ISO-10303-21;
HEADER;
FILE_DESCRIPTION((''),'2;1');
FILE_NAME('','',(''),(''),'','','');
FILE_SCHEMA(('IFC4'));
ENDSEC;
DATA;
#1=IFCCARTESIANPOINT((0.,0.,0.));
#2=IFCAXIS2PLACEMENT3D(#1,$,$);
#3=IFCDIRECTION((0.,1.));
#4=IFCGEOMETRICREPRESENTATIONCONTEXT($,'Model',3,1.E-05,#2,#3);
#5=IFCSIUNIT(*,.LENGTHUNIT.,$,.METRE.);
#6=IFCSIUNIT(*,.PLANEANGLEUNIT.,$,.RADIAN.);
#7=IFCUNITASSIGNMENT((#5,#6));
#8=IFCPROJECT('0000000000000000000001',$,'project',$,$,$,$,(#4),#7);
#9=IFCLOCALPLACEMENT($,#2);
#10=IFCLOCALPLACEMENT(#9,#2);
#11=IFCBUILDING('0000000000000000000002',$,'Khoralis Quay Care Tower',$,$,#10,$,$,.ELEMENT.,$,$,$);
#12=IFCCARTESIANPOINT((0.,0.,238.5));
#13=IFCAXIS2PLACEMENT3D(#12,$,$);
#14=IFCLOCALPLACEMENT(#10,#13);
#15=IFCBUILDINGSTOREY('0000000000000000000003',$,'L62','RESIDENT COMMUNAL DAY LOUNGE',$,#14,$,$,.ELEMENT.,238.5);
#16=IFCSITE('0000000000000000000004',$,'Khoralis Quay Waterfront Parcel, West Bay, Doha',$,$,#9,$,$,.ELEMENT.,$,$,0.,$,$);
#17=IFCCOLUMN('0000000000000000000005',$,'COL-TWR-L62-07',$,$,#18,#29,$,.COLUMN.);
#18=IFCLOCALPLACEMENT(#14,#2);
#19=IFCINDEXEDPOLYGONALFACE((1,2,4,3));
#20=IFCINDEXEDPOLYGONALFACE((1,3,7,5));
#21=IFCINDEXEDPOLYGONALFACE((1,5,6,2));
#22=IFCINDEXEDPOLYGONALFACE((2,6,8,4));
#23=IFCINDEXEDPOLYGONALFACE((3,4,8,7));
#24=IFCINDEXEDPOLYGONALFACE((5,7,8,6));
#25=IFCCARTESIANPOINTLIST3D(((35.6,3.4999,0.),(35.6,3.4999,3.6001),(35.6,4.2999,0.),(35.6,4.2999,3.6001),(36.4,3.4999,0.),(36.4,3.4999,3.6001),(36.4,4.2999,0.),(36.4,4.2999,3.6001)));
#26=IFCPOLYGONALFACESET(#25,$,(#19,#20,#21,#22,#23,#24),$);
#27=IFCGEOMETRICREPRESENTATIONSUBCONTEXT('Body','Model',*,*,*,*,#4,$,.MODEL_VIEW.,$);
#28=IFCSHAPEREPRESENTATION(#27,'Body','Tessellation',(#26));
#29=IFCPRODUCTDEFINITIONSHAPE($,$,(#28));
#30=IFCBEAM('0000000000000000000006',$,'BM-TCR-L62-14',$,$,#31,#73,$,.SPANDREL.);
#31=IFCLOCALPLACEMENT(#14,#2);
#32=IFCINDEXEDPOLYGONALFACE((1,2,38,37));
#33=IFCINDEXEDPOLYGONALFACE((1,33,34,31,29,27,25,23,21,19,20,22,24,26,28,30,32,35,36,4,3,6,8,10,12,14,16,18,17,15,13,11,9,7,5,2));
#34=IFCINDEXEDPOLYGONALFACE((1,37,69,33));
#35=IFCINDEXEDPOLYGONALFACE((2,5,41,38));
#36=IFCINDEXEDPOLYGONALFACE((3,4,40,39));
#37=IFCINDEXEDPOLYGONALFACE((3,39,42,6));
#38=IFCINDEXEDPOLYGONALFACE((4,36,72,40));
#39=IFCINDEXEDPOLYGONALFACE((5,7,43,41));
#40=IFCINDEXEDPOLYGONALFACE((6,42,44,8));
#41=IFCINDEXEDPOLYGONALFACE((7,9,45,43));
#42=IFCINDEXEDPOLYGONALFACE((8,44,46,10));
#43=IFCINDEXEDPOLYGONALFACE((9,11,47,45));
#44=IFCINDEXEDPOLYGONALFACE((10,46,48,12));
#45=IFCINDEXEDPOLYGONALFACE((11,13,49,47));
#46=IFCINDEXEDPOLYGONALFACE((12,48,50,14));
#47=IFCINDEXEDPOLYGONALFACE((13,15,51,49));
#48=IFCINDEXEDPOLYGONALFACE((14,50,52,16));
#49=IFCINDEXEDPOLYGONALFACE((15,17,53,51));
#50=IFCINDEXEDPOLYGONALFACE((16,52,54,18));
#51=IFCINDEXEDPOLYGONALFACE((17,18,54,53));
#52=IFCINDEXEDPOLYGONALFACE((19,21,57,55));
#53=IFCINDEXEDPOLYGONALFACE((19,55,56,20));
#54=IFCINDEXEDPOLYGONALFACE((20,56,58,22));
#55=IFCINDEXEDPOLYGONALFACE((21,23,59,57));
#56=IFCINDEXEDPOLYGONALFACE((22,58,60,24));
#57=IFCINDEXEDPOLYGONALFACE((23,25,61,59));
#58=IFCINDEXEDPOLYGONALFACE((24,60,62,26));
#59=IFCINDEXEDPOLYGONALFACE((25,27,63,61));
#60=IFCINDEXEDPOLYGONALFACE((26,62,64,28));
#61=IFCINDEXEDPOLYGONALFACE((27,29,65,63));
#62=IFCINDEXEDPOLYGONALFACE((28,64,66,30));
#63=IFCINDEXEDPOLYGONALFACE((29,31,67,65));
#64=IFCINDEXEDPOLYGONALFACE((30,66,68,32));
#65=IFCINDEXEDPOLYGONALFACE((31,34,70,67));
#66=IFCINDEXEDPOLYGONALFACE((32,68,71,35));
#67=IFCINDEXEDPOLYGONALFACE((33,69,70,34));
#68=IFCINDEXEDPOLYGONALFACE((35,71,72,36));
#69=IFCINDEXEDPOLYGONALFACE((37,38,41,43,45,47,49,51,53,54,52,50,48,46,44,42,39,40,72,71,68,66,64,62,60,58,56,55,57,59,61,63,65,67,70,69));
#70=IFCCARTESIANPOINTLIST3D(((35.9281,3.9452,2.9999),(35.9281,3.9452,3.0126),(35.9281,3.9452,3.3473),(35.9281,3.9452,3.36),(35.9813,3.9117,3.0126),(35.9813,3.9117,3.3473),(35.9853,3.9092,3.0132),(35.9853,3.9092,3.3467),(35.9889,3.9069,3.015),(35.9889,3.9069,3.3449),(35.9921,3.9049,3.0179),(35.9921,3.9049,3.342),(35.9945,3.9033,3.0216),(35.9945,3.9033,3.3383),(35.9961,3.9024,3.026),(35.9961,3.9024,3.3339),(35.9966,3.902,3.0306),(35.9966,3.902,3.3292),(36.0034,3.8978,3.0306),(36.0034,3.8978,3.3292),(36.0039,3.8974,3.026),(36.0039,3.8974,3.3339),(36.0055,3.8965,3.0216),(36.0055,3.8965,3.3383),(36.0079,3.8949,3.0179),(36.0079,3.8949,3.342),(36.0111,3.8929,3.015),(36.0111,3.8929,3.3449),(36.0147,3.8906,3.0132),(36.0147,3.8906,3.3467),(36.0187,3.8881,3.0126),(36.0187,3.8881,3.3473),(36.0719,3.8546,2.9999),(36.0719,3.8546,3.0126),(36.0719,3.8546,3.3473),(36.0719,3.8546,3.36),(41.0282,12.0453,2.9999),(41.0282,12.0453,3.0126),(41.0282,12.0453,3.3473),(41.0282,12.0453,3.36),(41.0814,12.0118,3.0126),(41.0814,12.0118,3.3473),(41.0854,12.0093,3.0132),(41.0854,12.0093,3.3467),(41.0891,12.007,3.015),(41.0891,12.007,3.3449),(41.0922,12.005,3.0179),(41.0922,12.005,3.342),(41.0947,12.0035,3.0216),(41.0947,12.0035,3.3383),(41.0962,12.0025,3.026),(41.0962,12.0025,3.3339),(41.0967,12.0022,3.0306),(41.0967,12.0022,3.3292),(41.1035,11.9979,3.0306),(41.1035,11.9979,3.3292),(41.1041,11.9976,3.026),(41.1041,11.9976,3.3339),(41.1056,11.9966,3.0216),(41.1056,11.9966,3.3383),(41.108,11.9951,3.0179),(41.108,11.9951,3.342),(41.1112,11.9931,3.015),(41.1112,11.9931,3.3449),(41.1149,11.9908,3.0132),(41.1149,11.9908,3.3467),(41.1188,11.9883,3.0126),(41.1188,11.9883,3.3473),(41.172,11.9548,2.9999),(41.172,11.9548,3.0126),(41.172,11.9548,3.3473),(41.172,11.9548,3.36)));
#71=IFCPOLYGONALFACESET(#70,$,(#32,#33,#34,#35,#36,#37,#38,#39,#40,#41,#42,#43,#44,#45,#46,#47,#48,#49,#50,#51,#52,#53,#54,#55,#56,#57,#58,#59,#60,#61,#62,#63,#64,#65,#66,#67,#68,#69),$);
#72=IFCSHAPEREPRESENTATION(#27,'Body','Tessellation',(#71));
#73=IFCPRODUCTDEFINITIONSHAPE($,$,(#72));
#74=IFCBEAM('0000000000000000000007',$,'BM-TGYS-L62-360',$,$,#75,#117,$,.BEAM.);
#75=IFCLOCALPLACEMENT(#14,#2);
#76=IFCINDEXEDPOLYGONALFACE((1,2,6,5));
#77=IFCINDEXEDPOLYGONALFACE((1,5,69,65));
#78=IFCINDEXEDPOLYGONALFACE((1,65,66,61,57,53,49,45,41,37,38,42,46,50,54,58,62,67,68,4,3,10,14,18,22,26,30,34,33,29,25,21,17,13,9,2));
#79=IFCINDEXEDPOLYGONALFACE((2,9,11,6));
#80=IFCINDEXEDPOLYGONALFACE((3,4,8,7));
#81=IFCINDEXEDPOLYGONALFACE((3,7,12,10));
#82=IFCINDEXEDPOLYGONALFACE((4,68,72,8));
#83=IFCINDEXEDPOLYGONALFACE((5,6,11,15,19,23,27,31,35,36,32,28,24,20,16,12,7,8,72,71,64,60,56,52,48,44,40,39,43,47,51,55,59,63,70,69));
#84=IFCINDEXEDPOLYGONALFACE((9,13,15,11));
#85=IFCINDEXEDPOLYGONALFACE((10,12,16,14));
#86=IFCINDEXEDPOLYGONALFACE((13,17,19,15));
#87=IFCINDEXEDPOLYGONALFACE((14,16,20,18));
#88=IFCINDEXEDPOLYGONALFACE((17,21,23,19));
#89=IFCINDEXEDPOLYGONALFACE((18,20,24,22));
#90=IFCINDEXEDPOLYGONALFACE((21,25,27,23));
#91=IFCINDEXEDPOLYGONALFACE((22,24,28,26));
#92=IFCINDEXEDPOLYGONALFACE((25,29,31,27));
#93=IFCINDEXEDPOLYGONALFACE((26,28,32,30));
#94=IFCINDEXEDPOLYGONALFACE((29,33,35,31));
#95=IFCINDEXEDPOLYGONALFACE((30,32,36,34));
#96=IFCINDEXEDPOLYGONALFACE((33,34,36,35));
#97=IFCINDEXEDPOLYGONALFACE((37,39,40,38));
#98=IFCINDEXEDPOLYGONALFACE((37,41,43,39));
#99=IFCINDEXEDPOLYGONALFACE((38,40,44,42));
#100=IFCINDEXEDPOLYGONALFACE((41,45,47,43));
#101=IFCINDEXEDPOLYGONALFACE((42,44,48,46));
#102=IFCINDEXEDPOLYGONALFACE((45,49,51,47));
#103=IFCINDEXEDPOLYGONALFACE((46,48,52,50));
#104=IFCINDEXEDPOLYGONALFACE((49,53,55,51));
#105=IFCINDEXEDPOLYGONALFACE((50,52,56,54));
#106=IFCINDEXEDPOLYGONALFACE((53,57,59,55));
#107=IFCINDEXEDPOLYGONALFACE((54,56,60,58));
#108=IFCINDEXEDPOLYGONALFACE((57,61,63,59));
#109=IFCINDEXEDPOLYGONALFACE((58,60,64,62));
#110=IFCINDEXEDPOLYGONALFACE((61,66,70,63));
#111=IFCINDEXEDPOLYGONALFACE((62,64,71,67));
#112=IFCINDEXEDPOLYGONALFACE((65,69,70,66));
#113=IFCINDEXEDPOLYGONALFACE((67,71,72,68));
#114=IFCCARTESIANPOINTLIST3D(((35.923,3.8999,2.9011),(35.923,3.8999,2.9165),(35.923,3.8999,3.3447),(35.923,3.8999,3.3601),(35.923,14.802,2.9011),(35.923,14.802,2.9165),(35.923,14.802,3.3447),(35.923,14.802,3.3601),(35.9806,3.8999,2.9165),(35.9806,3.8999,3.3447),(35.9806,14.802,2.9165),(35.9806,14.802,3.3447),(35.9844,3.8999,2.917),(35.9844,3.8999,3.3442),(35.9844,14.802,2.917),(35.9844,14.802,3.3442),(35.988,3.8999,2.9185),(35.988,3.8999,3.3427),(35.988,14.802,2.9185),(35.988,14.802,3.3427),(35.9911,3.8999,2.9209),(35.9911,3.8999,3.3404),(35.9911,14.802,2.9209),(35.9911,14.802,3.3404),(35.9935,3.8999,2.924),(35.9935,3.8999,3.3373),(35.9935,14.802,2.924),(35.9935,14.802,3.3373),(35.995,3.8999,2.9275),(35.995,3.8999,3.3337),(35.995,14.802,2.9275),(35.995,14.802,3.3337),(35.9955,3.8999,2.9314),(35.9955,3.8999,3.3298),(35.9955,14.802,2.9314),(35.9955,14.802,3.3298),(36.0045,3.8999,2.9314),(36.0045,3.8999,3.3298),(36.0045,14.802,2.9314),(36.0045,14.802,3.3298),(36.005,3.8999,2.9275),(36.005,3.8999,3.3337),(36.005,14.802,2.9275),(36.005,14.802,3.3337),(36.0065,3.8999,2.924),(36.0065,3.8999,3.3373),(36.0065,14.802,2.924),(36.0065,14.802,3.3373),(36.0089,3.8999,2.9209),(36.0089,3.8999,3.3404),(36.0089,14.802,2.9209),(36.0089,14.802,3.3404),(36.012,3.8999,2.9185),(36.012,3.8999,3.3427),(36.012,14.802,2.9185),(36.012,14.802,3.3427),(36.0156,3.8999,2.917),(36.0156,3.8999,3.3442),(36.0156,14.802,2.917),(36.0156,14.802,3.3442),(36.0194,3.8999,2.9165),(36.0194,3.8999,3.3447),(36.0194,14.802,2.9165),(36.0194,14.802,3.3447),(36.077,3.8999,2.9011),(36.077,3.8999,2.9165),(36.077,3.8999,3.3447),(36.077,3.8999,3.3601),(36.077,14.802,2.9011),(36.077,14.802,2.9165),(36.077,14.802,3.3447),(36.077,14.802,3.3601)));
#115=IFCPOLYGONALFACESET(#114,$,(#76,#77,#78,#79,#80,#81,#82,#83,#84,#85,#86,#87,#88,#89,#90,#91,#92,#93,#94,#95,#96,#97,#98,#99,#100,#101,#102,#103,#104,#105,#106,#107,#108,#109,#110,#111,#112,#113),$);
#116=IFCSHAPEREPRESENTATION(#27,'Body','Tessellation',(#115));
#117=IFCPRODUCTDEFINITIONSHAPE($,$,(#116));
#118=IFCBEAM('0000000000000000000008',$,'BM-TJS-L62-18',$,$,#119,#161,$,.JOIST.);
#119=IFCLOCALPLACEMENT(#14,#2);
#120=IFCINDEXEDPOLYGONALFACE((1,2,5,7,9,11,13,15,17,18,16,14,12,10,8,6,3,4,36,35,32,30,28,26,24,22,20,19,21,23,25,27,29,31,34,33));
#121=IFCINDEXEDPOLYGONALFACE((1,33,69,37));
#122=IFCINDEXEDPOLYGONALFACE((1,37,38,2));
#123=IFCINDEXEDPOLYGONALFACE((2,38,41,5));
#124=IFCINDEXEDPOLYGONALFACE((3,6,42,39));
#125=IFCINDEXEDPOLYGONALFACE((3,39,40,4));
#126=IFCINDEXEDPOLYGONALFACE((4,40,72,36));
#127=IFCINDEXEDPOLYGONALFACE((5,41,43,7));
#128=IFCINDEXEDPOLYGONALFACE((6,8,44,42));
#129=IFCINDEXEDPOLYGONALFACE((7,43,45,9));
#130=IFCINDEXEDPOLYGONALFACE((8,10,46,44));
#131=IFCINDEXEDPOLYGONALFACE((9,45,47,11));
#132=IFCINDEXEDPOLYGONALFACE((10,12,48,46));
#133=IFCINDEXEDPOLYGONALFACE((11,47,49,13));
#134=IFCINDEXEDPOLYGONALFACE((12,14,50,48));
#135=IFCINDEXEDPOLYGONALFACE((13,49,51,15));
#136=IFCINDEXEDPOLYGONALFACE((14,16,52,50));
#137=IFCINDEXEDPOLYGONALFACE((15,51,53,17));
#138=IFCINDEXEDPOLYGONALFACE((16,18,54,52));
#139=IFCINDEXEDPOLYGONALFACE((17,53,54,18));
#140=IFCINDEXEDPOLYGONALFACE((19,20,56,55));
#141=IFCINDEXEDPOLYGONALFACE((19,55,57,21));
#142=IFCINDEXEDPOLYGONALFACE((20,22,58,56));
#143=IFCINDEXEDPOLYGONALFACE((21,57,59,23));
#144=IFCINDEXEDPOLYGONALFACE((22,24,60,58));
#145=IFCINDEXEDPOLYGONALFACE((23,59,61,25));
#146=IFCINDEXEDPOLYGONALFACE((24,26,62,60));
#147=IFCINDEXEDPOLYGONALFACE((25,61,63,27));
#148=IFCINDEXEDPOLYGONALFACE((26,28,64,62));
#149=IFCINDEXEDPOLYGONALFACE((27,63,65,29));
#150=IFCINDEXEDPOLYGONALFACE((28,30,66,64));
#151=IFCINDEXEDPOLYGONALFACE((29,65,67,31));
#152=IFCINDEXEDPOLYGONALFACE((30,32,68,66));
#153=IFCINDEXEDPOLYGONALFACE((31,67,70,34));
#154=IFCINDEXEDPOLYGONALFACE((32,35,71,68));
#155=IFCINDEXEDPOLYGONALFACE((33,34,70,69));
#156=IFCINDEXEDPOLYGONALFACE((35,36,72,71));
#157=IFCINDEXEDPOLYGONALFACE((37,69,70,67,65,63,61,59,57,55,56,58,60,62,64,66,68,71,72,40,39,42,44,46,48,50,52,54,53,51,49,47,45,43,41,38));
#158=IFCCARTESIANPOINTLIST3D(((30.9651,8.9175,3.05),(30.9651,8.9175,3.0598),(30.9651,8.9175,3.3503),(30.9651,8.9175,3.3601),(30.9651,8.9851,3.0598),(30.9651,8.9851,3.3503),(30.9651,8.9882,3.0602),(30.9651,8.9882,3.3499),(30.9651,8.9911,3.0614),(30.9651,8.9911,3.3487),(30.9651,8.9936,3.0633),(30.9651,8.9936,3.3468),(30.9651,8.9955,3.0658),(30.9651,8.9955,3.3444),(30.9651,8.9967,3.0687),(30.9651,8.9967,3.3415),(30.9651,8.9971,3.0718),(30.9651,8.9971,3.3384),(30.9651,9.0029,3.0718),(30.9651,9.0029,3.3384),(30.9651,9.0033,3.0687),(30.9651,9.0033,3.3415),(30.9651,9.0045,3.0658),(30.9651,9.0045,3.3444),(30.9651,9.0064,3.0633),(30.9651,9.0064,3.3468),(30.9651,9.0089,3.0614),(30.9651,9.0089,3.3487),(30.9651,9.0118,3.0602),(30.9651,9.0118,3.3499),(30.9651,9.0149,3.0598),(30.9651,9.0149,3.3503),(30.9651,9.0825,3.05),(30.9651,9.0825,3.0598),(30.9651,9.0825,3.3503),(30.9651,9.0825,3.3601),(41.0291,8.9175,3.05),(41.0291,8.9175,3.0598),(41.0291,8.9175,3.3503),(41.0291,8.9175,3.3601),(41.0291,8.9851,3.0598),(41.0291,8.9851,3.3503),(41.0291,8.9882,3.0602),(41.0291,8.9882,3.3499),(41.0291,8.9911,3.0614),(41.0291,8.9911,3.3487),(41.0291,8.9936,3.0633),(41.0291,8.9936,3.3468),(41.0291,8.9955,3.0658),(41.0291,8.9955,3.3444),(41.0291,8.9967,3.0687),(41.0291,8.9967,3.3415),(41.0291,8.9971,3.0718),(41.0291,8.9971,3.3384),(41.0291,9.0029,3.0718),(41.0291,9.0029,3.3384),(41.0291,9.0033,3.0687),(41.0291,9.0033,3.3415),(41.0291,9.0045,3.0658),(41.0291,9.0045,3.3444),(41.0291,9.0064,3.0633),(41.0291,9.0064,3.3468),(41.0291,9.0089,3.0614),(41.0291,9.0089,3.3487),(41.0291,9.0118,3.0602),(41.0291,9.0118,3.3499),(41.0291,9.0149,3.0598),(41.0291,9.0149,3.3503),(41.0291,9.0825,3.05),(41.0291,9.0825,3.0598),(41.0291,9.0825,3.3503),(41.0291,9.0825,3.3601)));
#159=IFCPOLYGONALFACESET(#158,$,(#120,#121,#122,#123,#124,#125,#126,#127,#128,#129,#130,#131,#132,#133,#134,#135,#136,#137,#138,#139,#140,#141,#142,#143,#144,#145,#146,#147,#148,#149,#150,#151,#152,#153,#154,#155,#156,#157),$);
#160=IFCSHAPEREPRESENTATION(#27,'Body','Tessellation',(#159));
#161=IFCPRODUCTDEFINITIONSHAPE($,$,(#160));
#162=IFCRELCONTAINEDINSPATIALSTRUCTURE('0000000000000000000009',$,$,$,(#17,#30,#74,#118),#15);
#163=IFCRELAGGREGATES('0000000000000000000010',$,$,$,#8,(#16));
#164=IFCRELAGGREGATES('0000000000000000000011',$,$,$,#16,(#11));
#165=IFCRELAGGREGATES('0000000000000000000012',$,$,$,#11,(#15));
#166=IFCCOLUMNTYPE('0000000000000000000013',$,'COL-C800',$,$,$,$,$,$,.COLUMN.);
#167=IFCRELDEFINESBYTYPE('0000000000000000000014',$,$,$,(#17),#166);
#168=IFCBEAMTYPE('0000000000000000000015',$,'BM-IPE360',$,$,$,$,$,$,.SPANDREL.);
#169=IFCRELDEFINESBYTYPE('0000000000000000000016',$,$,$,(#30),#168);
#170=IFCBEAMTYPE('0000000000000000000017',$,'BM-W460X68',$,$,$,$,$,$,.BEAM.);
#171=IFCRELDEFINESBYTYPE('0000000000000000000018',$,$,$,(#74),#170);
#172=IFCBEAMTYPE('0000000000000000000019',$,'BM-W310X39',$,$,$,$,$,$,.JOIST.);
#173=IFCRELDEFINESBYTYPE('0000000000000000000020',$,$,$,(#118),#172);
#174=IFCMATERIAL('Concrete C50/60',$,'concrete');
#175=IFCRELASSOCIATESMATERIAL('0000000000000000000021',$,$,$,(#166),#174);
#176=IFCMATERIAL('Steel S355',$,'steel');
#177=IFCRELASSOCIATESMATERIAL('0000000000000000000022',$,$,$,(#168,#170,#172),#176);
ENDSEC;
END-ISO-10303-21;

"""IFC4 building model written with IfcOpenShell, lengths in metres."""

from ifc_helpers import new_model, si_unit, direction, frame, origin, origin_2d, place, context, subcontext, project, spatial, rectangle, i_section, extrude, source, transform, mapped, material, material_profile, profile_set, type_object, element, save


model = new_model("IFC4")

# Units and contexts
model_context = context("Model", 3, precision=1e-05, world=origin(), true_north=direction((0.0, 1.0)))
body_context = subcontext(model_context, "Body", "Model", "MODEL_VIEW")
ifc_project = project(units=[si_unit("LENGTHUNIT", "METRE"), si_unit("PLANEANGLEUNIT", "RADIAN")], contexts=[model_context])

# Site, building, storey
site_placement = place(None, origin())
site = spatial("IfcSite", under=ifc_project, at=site_placement, Name="Khoralis Quay Waterfront Parcel, West Bay, Doha", CompositionType="ELEMENT", RefElevation=0.0)
building_placement = place(site_placement, origin())
building = spatial("IfcBuilding", under=site, at=building_placement, Name="Khoralis Quay Care Tower", CompositionType="ELEMENT")
storey_placement = place(building_placement, frame((0.0, 0.0, 238.5)))
storey = spatial("IfcBuildingStorey", under=building, at=storey_placement, Name="L62", Description="RESIDENT COMMUNAL DAY LOUNGE", CompositionType="ELEMENT", Elevation=238.5)

# Column
ifc_material_1 = material(Name="Concrete C50/60", Category="concrete")
ifc_material_profile_1 = material_profile(ifc_material_1, rectangle(XDim=0.8, YDim=0.8, at=origin_2d()), Name="Concrete C50/60")
ifc_profile_set_1 = profile_set([ifc_material_profile_1], Name="Concrete C50/60")
column_type = type_object("IfcColumnType", Name="COL-C800", PredefinedType="COLUMN", material=ifc_profile_set_1)
shared_shape_1 = source(origin(), body_context, "Body", "SweptSolid", [
    extrude(rectangle(XDim=0.8, YDim=0.8, at=origin_2d()), origin(), (0.0, 0.0, 1.0), 3.6001),
])
column_placement = place(storey_placement, frame((36.0, 3.8999, 0.0), z_axis=(0.0, 0.0, 1.0), x_axis=(1.0, 0.0, 0.0)))
element("IfcColumn", 1, at=column_placement, inside=storey, type_object=column_type, Name="COL-TWR-L62-07", PredefinedType="COLUMN", context=body_context, shape_type="MappedRepresentation", body=[
    mapped(shared_shape_1, transform((0.0, 0.0, 0.0), scale=1.0)),
])

# Beams
ifc_material_2 = material(Name="Steel S355", Category="steel")
ifc_material_profile_2 = material_profile(ifc_material_2, i_section(OverallWidth=0.1699, OverallDepth=0.3601, WebThickness=0.0081, FlangeThickness=0.0127, FilletRadius=0.0181, at=origin_2d()), Name="Steel S355")
ifc_profile_set_2 = profile_set([ifc_material_profile_2], Name="Steel S355")
beam_type_1 = type_object("IfcBeamType", Name="BM-IPE360", PredefinedType="SPANDREL", material=ifc_profile_set_2)
shared_shape_2 = source(origin(), body_context, "Body", "SweptSolid", [
    extrude(i_section(OverallWidth=0.1699, OverallDepth=0.3601, WebThickness=0.0081, FlangeThickness=0.0127, FilletRadius=0.0181, at=origin_2d()), origin(), (0.0, 0.0, 1.0), 9.572),
])
beam_1_placement = place(storey_placement, frame((36.0, 3.8999, 3.1799), z_axis=(0.532816, 0.846231, 0.0), x_axis=(-0.846231, 0.532816, 0.0)))
element("IfcBeam", 2, at=beam_1_placement, inside=storey, type_object=beam_type_1, Name="BM-TCR-L62-14", PredefinedType="SPANDREL", context=body_context, shape_type="MappedRepresentation", body=[
    mapped(shared_shape_2, transform((0.0, 0.0, 0.0), scale=1.0)),
])
ifc_material_profile_3 = material_profile(ifc_material_2, i_section(OverallWidth=0.1541, OverallDepth=0.459, WebThickness=0.009, FlangeThickness=0.0154, FilletRadius=0.0149, at=origin_2d()), Name="Steel S355")
ifc_profile_set_3 = profile_set([ifc_material_profile_3], Name="Steel S355")
beam_type_2 = type_object("IfcBeamType", Name="BM-W460X68", PredefinedType="BEAM", material=ifc_profile_set_3)
shared_shape_3 = source(origin(), body_context, "Body", "SweptSolid", [
    extrude(i_section(OverallWidth=0.1541, OverallDepth=0.459, WebThickness=0.009, FlangeThickness=0.0154, FilletRadius=0.0149, at=origin_2d()), origin(), (0.0, 0.0, 1.0), 10.9021),
])
beam_2_placement = place(storey_placement, frame((36.0, 3.8999, 3.1306), z_axis=(0.0, 1.0, 0.0), x_axis=(-1.0, 0.0, 0.0)))
element("IfcBeam", 3, at=beam_2_placement, inside=storey, type_object=beam_type_2, Name="BM-TGYS-L62-360", PredefinedType="BEAM", context=body_context, shape_type="MappedRepresentation", body=[
    mapped(shared_shape_3, transform((0.0, 0.0, 0.0), scale=1.0)),
])
ifc_material_profile_4 = material_profile(ifc_material_2, i_section(OverallWidth=0.165, OverallDepth=0.3101, WebThickness=0.0059, FlangeThickness=0.0098, FilletRadius=0.012, at=origin_2d()), Name="Steel S355")
ifc_profile_set_4 = profile_set([ifc_material_profile_4], Name="Steel S355")
beam_type_3 = type_object("IfcBeamType", Name="BM-W310X39", PredefinedType="JOIST", material=ifc_profile_set_4)
shared_shape_4 = source(origin(), body_context, "Body", "SweptSolid", [
    extrude(i_section(OverallWidth=0.165, OverallDepth=0.3101, WebThickness=0.0059, FlangeThickness=0.0098, FilletRadius=0.012, at=origin_2d()), origin(), (0.0, 0.0, 1.0), 10.064),
])
beam_3_placement = place(storey_placement, frame((30.9651, 9.0, 3.2051), z_axis=(1.0, 0.0, 0.0), x_axis=(0.0, 1.0, 0.0)))
element("IfcBeam", 4, at=beam_3_placement, inside=storey, type_object=beam_type_3, Name="BM-TJS-L62-18", PredefinedType="JOIST", context=body_context, shape_type="MappedRepresentation", body=[
    mapped(shared_shape_4, transform((0.0, 0.0, 0.0), scale=1.0)),
])

save(model, "model.ifc")
